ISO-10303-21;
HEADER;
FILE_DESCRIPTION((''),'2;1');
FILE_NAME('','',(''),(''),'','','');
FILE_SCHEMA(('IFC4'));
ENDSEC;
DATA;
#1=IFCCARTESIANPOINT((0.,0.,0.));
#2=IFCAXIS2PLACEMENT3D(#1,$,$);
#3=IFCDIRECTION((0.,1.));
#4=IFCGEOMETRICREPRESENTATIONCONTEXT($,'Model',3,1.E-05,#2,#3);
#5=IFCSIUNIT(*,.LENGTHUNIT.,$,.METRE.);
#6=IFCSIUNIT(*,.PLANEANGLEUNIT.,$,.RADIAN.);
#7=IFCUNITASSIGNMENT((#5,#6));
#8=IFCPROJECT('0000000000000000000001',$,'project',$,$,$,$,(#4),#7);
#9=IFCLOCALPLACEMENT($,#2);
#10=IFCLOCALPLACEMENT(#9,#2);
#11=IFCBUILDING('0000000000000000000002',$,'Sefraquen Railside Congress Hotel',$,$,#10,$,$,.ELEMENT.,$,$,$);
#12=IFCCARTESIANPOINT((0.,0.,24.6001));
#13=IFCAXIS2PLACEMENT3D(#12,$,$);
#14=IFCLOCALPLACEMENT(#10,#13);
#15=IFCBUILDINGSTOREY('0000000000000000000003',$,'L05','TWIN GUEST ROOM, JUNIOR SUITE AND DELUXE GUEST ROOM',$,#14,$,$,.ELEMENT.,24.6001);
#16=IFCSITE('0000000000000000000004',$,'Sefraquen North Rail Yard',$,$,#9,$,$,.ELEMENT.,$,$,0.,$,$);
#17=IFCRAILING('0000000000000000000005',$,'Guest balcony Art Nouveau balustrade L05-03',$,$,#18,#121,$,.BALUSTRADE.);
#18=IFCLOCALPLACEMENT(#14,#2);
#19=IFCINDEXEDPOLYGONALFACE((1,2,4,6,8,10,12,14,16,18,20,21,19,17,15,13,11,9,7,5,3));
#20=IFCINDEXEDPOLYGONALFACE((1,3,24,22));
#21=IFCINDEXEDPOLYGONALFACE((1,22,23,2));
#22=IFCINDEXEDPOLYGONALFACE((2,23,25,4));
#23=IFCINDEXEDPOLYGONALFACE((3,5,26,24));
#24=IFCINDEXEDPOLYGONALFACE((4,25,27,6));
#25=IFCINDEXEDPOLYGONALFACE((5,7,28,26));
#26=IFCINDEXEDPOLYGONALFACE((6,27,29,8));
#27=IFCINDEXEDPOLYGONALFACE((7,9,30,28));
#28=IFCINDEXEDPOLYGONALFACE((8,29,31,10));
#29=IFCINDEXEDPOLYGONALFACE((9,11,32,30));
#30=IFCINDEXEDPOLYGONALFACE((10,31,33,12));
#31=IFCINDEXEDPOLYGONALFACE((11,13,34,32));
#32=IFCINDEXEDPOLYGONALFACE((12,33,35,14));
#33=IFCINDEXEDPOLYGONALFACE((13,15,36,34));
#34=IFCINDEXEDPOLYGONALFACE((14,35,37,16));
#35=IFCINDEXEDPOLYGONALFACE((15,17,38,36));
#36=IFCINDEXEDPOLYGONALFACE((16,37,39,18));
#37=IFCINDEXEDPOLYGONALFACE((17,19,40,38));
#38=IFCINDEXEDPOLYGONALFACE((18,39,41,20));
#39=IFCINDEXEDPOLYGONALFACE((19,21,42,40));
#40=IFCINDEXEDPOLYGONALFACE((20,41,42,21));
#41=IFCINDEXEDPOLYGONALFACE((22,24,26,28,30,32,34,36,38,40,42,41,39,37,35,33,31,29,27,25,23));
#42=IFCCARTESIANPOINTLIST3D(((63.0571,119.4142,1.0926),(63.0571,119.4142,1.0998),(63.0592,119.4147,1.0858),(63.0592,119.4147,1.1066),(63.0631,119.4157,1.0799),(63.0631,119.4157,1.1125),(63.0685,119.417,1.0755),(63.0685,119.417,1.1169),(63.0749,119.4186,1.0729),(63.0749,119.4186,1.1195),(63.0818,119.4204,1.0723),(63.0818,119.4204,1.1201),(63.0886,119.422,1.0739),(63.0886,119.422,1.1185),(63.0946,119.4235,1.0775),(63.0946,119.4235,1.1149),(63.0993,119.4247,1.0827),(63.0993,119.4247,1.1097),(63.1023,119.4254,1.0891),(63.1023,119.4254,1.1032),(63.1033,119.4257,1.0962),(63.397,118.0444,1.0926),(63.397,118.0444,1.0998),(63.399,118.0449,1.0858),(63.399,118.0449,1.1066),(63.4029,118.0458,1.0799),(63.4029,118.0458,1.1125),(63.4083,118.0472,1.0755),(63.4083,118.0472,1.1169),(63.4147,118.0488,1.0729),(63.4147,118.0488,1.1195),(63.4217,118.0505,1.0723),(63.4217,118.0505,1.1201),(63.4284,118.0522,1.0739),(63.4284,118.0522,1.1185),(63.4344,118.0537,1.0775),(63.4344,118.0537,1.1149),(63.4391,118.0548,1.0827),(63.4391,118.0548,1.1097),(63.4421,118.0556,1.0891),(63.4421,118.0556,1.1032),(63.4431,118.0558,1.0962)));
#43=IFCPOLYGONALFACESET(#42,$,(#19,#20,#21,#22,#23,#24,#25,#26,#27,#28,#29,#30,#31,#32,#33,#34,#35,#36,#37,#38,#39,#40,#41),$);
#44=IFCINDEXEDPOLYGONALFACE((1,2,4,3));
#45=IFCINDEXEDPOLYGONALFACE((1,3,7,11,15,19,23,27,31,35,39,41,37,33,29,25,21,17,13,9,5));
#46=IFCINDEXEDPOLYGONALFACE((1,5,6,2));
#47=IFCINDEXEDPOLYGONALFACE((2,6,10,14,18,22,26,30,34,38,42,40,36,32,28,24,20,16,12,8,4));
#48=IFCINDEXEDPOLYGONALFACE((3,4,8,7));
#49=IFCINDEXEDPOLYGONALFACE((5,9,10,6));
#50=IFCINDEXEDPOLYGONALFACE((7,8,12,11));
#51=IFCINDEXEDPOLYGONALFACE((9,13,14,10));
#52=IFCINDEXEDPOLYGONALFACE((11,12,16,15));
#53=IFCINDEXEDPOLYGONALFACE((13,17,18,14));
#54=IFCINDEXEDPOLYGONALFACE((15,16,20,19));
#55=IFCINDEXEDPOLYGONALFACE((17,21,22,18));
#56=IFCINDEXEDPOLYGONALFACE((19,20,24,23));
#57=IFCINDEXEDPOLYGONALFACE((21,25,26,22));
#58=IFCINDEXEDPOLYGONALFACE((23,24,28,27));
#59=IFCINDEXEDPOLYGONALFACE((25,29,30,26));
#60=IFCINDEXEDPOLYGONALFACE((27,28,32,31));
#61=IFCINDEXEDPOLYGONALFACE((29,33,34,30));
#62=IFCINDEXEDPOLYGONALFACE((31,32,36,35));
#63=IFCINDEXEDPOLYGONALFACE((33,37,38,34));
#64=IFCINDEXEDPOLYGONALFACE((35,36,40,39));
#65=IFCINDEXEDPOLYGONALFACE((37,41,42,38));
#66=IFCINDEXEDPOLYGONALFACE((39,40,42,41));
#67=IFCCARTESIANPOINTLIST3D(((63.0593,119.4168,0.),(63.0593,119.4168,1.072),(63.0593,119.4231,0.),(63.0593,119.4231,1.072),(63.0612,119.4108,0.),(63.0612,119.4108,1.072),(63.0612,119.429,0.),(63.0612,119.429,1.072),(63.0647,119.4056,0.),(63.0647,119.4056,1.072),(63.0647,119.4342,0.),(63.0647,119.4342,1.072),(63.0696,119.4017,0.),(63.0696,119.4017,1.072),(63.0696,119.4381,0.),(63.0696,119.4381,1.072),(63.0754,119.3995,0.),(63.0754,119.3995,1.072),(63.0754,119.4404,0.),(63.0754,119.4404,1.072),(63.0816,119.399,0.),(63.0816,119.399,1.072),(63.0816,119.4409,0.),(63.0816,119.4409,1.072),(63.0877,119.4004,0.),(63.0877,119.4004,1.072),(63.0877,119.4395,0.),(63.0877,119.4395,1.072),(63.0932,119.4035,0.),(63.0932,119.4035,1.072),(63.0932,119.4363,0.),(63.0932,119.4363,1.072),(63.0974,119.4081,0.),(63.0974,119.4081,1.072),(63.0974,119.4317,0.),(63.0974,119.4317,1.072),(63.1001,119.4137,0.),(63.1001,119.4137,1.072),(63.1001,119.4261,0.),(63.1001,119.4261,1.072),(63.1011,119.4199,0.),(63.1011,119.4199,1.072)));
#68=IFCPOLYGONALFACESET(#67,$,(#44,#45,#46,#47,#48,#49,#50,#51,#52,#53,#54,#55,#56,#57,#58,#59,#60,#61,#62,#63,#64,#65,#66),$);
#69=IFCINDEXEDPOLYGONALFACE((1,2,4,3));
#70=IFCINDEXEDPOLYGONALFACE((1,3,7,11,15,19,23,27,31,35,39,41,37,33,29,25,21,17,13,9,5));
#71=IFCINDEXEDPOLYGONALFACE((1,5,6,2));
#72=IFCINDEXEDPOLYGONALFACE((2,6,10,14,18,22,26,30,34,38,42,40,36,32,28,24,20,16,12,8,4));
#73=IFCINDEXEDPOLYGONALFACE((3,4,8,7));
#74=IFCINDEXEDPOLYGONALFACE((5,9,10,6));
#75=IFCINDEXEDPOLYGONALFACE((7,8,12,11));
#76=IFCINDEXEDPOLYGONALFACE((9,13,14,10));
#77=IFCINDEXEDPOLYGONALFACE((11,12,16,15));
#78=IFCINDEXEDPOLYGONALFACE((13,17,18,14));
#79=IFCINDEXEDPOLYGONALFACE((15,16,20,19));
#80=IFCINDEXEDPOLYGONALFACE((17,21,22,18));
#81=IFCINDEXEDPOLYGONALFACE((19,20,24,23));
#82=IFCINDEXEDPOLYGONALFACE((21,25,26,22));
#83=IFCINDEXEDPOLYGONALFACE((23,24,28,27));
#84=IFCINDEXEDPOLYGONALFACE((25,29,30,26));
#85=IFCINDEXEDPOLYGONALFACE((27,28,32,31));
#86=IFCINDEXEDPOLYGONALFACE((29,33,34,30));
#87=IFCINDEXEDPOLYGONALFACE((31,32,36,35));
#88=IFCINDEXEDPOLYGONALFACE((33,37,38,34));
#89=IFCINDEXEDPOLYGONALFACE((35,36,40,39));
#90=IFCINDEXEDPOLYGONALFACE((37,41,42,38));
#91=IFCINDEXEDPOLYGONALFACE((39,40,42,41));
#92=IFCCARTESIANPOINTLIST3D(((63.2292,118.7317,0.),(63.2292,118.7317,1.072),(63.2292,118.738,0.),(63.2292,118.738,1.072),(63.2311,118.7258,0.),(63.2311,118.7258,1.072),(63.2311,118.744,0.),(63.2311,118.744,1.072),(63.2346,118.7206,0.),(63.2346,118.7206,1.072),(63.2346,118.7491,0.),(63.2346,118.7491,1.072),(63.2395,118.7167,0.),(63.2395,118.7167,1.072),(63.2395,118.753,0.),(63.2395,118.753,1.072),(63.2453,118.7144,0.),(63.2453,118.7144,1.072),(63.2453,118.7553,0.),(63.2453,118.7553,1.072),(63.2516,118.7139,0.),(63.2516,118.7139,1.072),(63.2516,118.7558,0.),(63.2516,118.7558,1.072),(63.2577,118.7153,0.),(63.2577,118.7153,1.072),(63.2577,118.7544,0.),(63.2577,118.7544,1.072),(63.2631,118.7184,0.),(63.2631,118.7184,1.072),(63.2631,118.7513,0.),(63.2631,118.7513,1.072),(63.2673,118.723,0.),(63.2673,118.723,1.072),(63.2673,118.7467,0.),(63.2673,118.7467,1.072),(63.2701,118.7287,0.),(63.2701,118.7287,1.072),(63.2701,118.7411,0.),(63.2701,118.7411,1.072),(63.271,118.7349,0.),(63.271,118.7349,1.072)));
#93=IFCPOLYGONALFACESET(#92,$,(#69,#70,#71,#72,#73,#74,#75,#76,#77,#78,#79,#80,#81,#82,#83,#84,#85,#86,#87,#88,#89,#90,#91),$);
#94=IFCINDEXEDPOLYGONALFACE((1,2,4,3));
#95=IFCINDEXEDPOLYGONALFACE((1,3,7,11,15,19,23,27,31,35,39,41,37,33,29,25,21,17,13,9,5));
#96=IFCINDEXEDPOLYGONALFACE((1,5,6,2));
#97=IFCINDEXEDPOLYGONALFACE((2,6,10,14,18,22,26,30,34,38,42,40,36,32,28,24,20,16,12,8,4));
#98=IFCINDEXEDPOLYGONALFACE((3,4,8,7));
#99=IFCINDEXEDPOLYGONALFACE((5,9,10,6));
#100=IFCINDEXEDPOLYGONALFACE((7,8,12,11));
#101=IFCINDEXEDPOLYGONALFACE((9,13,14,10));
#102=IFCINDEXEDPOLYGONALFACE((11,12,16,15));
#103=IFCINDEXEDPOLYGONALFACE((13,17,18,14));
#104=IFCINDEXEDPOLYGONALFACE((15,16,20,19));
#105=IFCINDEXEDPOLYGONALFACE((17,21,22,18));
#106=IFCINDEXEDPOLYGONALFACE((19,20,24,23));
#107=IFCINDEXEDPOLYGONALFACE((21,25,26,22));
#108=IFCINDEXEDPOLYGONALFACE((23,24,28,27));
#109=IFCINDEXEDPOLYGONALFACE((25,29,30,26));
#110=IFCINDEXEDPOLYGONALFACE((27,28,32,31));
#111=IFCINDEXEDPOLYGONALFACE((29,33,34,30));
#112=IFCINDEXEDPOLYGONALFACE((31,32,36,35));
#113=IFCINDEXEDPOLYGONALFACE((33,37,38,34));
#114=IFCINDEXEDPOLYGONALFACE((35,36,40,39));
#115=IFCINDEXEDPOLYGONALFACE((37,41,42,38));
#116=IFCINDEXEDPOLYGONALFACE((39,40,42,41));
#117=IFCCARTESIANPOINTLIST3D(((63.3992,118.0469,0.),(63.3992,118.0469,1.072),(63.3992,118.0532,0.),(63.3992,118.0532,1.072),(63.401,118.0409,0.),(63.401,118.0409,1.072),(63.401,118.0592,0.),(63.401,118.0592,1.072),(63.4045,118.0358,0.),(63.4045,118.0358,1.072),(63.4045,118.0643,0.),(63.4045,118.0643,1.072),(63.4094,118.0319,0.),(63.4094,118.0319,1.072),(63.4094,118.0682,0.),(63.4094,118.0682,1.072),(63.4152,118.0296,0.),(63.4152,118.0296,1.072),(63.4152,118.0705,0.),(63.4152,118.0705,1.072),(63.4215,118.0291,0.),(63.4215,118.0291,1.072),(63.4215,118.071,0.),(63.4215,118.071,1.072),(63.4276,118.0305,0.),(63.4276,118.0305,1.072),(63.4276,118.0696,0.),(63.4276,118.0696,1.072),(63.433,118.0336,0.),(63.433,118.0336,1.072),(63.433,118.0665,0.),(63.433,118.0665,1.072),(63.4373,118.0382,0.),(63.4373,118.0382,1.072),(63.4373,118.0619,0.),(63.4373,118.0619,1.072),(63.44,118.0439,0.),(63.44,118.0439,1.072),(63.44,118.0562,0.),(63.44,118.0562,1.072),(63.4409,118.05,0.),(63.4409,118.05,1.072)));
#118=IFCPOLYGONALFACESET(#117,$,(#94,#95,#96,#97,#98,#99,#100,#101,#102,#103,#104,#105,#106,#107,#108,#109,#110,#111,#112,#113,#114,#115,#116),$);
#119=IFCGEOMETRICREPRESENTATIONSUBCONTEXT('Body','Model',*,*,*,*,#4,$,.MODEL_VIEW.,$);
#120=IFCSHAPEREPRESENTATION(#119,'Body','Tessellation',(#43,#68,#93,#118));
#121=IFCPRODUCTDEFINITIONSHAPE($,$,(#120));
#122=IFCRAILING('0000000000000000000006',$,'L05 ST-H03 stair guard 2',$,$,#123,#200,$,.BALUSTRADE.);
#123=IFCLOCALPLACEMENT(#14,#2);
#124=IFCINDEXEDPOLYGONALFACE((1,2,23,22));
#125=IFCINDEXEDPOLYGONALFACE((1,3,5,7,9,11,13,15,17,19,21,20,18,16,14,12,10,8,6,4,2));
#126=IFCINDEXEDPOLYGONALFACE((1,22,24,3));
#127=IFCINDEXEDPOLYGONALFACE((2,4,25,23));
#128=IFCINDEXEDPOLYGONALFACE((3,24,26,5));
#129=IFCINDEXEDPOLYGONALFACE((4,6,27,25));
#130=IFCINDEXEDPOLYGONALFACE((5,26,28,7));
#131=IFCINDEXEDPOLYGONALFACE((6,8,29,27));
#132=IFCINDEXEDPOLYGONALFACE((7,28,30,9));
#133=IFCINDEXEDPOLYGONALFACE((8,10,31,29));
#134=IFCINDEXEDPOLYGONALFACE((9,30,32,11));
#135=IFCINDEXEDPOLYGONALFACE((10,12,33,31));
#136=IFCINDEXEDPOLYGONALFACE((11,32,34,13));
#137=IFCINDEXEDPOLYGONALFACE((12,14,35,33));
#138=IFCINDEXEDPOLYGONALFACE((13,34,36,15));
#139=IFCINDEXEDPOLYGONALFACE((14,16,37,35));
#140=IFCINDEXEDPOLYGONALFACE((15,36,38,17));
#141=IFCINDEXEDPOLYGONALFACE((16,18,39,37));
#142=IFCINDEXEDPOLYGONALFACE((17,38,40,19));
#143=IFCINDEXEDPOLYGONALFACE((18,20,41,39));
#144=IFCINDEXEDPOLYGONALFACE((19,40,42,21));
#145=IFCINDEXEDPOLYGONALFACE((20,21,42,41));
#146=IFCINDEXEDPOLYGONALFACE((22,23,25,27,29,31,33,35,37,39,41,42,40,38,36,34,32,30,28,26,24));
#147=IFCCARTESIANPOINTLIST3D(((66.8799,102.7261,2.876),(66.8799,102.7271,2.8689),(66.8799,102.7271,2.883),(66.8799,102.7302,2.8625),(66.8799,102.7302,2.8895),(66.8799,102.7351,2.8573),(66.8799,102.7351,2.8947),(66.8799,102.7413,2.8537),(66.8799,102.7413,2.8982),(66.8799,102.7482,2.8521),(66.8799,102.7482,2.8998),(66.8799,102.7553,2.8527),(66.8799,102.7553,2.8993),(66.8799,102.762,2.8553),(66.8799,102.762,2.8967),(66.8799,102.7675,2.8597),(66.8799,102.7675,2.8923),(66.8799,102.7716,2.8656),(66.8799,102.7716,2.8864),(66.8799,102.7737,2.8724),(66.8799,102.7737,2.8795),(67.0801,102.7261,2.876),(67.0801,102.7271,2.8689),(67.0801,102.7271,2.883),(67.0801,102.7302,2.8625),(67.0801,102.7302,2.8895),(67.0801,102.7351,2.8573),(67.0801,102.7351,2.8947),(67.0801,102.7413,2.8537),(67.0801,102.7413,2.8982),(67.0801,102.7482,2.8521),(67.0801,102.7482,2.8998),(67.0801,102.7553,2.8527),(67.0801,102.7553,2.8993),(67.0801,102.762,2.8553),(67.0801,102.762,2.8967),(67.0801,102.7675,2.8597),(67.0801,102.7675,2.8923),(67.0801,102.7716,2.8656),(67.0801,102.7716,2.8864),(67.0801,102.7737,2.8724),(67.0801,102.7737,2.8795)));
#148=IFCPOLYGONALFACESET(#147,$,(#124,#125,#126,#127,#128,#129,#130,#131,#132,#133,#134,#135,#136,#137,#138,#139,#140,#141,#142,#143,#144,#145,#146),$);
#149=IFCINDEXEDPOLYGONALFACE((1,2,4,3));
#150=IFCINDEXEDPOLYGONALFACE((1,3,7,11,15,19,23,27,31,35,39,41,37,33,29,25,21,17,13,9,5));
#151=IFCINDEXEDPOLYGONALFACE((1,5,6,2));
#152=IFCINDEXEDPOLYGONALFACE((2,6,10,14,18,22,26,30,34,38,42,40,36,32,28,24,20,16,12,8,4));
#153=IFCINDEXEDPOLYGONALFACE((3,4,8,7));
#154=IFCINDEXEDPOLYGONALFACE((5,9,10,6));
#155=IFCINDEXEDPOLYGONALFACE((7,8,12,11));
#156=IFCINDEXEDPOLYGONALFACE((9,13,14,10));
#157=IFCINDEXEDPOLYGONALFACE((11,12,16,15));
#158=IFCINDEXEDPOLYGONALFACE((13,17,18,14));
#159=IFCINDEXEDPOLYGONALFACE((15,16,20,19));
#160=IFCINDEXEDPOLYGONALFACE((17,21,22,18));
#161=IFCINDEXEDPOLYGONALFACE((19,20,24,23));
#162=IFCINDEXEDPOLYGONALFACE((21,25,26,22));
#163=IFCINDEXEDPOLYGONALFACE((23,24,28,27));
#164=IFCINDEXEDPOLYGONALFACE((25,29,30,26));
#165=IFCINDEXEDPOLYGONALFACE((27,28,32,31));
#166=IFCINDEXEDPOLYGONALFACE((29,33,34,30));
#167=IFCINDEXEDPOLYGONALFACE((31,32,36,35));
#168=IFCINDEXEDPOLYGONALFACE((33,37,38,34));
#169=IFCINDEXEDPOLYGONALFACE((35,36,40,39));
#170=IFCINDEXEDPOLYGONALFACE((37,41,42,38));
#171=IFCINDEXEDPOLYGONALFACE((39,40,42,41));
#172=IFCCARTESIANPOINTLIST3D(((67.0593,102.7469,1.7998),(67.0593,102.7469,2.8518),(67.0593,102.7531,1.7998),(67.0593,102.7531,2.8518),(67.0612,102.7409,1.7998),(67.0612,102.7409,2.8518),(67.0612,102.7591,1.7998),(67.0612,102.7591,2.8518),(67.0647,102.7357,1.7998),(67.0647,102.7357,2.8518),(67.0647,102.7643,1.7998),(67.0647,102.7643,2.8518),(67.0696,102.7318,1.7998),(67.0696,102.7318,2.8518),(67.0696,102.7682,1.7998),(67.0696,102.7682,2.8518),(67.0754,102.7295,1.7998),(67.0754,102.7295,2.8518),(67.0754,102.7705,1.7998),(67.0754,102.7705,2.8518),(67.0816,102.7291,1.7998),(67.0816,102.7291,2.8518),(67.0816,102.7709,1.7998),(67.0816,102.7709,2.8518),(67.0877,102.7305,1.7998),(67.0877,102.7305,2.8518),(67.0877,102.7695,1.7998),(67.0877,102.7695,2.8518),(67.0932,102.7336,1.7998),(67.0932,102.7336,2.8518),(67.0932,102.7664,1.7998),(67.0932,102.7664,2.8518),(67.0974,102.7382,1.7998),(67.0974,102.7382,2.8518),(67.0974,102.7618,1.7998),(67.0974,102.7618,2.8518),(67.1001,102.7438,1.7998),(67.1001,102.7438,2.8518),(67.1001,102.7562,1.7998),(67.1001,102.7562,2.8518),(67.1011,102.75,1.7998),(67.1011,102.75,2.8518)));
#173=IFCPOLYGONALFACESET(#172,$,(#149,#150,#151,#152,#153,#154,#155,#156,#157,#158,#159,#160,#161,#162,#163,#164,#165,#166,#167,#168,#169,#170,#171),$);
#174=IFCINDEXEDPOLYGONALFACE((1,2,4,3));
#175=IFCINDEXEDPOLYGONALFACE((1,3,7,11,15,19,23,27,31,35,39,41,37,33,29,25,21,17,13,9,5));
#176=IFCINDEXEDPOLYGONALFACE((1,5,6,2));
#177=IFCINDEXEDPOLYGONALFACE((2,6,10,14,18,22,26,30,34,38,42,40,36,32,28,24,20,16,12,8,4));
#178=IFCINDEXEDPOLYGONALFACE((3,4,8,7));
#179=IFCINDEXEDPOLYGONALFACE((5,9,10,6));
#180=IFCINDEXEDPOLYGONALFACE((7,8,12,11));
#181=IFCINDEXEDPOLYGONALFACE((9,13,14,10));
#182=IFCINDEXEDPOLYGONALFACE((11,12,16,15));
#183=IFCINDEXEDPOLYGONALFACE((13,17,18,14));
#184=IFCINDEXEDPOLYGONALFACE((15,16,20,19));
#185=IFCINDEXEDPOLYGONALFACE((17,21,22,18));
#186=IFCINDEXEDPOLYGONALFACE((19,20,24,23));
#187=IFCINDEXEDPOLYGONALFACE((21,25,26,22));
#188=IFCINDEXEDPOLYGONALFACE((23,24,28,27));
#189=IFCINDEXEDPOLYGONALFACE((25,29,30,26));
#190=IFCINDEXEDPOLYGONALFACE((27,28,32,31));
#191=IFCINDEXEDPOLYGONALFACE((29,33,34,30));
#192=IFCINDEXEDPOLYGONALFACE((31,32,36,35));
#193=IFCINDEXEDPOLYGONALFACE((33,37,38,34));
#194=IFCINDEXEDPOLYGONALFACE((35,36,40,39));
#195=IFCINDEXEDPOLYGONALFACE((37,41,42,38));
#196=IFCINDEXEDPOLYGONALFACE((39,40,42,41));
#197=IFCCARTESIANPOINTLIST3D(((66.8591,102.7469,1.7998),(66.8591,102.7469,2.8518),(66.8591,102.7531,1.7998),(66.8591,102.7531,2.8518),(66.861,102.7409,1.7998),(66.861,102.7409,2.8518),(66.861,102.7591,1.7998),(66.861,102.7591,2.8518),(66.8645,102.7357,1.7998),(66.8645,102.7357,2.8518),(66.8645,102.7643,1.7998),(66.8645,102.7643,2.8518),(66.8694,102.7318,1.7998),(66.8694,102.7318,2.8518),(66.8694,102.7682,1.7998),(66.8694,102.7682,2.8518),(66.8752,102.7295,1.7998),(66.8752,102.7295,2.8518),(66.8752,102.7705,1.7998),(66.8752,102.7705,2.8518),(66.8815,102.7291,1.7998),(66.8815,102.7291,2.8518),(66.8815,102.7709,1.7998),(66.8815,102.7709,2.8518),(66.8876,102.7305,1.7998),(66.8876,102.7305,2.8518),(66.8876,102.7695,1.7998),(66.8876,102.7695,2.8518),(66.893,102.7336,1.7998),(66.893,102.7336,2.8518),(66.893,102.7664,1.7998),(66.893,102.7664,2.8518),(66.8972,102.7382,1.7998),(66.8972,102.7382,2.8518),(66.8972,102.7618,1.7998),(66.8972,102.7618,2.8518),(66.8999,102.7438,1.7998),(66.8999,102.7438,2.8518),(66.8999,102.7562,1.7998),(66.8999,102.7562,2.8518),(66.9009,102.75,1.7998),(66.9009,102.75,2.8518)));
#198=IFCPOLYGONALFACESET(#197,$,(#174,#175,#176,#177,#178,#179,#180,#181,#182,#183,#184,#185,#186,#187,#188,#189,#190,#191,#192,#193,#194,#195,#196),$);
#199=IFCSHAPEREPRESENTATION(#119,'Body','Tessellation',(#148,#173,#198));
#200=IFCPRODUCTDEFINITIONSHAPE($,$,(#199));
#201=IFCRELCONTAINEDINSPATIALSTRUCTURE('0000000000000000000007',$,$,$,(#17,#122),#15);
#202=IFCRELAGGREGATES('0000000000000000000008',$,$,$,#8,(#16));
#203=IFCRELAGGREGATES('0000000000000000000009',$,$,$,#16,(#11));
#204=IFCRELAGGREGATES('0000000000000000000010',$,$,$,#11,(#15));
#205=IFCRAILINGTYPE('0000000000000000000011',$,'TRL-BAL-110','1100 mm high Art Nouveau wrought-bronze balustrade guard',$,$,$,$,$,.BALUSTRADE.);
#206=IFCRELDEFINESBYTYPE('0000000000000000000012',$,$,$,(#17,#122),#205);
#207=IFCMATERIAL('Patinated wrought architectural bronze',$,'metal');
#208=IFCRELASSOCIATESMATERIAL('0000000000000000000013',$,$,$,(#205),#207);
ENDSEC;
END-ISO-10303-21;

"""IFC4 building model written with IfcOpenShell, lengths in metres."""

from ifc_helpers import new_model, si_unit, direction, frame, origin, origin_2d, place, context, subcontext, project, spatial, circle, extrude, material, type_object, element, save


model = new_model("IFC4")

# Units and contexts
model_context = context("Model", 3, precision=1e-05, world=origin(), true_north=direction((0.0, 1.0)))
body_context = subcontext(model_context, "Body", "Model", "MODEL_VIEW")
ifc_project = project(units=[si_unit("LENGTHUNIT", "METRE"), si_unit("PLANEANGLEUNIT", "RADIAN")], contexts=[model_context])

# Site, building, storey
site_placement = place(None, origin())
site = spatial("IfcSite", under=ifc_project, at=site_placement, Name="Sefraquen North Rail Yard", CompositionType="ELEMENT", RefElevation=0.0)
building_placement = place(site_placement, origin())
building = spatial("IfcBuilding", under=site, at=building_placement, Name="Sefraquen Railside Congress Hotel", CompositionType="ELEMENT")
storey_placement = place(building_placement, frame((0.0, 0.0, 24.6001)))
storey = spatial("IfcBuildingStorey", under=building, at=storey_placement, Name="L05", Description="TWIN GUEST ROOM, JUNIOR SUITE AND DELUXE GUEST ROOM", CompositionType="ELEMENT", Elevation=24.6001)

# Railings
ifc_material_1 = material(Name="Patinated wrought architectural bronze", Category="metal")
railing_type_1 = type_object("IfcRailingType", Name="TRL-BAL-110", Description="1100 mm high Art Nouveau wrought-bronze balustrade guard", PredefinedType="BALUSTRADE", material=ifc_material_1)
railing_1_placement = place(storey_placement, frame((63.0801, 119.4199, 0.0)))
element("IfcRailing", 1, at=railing_1_placement, inside=storey, type_object=railing_type_1, Name="Guest balcony Art Nouveau balustrade L05-03", PredefinedType="BALUSTRADE", context=body_context, shape_type="SweptSolid", body=[
    extrude(circle(Radius=0.0239, at=origin_2d()), frame((0.0, 0.0, 1.0962), z_axis=(0.240785, -0.970578, 0.0), x_axis=(0.970578, 0.240785, 0.0)), (0.0, 0.0, 1.0), 1.4114),
    extrude(circle(Radius=0.021, at=origin_2d()), origin(), (0.0, 0.0, 1.0), 1.072),
    extrude(circle(Radius=0.021, at=origin_2d()), frame((0.1699, -0.6851, 0.0)), (0.0, 0.0, 1.0), 1.072),
    extrude(circle(Radius=0.021, at=origin_2d()), frame((0.3398, -1.3699, 0.0)), (0.0, 0.0, 1.0), 1.072),
])
railing_2_placement = place(storey_placement, frame((67.0801, 102.75, 1.7998)))
element("IfcRailing", 2, at=railing_2_placement, inside=storey, type_object=railing_type_1, Name="L05 ST-H03 stair guard 2", PredefinedType="BALUSTRADE", context=body_context, shape_type="SweptSolid", body=[
    extrude(circle(Radius=0.0239, at=origin_2d()), frame((0.0, 0.0, 1.0762), z_axis=(-1.0, 0.0, 0.0), x_axis=(0.0, -1.0, 0.0)), (0.0, 0.0, 1.0), 0.2002),
    extrude(circle(Radius=0.021, at=origin_2d()), origin(), (0.0, 0.0, 1.0), 1.052),
    extrude(circle(Radius=0.021, at=origin_2d()), frame((-0.2002, 0.0, 0.0)), (0.0, 0.0, 1.0), 1.052),
])

save(model, "model.ifc")
